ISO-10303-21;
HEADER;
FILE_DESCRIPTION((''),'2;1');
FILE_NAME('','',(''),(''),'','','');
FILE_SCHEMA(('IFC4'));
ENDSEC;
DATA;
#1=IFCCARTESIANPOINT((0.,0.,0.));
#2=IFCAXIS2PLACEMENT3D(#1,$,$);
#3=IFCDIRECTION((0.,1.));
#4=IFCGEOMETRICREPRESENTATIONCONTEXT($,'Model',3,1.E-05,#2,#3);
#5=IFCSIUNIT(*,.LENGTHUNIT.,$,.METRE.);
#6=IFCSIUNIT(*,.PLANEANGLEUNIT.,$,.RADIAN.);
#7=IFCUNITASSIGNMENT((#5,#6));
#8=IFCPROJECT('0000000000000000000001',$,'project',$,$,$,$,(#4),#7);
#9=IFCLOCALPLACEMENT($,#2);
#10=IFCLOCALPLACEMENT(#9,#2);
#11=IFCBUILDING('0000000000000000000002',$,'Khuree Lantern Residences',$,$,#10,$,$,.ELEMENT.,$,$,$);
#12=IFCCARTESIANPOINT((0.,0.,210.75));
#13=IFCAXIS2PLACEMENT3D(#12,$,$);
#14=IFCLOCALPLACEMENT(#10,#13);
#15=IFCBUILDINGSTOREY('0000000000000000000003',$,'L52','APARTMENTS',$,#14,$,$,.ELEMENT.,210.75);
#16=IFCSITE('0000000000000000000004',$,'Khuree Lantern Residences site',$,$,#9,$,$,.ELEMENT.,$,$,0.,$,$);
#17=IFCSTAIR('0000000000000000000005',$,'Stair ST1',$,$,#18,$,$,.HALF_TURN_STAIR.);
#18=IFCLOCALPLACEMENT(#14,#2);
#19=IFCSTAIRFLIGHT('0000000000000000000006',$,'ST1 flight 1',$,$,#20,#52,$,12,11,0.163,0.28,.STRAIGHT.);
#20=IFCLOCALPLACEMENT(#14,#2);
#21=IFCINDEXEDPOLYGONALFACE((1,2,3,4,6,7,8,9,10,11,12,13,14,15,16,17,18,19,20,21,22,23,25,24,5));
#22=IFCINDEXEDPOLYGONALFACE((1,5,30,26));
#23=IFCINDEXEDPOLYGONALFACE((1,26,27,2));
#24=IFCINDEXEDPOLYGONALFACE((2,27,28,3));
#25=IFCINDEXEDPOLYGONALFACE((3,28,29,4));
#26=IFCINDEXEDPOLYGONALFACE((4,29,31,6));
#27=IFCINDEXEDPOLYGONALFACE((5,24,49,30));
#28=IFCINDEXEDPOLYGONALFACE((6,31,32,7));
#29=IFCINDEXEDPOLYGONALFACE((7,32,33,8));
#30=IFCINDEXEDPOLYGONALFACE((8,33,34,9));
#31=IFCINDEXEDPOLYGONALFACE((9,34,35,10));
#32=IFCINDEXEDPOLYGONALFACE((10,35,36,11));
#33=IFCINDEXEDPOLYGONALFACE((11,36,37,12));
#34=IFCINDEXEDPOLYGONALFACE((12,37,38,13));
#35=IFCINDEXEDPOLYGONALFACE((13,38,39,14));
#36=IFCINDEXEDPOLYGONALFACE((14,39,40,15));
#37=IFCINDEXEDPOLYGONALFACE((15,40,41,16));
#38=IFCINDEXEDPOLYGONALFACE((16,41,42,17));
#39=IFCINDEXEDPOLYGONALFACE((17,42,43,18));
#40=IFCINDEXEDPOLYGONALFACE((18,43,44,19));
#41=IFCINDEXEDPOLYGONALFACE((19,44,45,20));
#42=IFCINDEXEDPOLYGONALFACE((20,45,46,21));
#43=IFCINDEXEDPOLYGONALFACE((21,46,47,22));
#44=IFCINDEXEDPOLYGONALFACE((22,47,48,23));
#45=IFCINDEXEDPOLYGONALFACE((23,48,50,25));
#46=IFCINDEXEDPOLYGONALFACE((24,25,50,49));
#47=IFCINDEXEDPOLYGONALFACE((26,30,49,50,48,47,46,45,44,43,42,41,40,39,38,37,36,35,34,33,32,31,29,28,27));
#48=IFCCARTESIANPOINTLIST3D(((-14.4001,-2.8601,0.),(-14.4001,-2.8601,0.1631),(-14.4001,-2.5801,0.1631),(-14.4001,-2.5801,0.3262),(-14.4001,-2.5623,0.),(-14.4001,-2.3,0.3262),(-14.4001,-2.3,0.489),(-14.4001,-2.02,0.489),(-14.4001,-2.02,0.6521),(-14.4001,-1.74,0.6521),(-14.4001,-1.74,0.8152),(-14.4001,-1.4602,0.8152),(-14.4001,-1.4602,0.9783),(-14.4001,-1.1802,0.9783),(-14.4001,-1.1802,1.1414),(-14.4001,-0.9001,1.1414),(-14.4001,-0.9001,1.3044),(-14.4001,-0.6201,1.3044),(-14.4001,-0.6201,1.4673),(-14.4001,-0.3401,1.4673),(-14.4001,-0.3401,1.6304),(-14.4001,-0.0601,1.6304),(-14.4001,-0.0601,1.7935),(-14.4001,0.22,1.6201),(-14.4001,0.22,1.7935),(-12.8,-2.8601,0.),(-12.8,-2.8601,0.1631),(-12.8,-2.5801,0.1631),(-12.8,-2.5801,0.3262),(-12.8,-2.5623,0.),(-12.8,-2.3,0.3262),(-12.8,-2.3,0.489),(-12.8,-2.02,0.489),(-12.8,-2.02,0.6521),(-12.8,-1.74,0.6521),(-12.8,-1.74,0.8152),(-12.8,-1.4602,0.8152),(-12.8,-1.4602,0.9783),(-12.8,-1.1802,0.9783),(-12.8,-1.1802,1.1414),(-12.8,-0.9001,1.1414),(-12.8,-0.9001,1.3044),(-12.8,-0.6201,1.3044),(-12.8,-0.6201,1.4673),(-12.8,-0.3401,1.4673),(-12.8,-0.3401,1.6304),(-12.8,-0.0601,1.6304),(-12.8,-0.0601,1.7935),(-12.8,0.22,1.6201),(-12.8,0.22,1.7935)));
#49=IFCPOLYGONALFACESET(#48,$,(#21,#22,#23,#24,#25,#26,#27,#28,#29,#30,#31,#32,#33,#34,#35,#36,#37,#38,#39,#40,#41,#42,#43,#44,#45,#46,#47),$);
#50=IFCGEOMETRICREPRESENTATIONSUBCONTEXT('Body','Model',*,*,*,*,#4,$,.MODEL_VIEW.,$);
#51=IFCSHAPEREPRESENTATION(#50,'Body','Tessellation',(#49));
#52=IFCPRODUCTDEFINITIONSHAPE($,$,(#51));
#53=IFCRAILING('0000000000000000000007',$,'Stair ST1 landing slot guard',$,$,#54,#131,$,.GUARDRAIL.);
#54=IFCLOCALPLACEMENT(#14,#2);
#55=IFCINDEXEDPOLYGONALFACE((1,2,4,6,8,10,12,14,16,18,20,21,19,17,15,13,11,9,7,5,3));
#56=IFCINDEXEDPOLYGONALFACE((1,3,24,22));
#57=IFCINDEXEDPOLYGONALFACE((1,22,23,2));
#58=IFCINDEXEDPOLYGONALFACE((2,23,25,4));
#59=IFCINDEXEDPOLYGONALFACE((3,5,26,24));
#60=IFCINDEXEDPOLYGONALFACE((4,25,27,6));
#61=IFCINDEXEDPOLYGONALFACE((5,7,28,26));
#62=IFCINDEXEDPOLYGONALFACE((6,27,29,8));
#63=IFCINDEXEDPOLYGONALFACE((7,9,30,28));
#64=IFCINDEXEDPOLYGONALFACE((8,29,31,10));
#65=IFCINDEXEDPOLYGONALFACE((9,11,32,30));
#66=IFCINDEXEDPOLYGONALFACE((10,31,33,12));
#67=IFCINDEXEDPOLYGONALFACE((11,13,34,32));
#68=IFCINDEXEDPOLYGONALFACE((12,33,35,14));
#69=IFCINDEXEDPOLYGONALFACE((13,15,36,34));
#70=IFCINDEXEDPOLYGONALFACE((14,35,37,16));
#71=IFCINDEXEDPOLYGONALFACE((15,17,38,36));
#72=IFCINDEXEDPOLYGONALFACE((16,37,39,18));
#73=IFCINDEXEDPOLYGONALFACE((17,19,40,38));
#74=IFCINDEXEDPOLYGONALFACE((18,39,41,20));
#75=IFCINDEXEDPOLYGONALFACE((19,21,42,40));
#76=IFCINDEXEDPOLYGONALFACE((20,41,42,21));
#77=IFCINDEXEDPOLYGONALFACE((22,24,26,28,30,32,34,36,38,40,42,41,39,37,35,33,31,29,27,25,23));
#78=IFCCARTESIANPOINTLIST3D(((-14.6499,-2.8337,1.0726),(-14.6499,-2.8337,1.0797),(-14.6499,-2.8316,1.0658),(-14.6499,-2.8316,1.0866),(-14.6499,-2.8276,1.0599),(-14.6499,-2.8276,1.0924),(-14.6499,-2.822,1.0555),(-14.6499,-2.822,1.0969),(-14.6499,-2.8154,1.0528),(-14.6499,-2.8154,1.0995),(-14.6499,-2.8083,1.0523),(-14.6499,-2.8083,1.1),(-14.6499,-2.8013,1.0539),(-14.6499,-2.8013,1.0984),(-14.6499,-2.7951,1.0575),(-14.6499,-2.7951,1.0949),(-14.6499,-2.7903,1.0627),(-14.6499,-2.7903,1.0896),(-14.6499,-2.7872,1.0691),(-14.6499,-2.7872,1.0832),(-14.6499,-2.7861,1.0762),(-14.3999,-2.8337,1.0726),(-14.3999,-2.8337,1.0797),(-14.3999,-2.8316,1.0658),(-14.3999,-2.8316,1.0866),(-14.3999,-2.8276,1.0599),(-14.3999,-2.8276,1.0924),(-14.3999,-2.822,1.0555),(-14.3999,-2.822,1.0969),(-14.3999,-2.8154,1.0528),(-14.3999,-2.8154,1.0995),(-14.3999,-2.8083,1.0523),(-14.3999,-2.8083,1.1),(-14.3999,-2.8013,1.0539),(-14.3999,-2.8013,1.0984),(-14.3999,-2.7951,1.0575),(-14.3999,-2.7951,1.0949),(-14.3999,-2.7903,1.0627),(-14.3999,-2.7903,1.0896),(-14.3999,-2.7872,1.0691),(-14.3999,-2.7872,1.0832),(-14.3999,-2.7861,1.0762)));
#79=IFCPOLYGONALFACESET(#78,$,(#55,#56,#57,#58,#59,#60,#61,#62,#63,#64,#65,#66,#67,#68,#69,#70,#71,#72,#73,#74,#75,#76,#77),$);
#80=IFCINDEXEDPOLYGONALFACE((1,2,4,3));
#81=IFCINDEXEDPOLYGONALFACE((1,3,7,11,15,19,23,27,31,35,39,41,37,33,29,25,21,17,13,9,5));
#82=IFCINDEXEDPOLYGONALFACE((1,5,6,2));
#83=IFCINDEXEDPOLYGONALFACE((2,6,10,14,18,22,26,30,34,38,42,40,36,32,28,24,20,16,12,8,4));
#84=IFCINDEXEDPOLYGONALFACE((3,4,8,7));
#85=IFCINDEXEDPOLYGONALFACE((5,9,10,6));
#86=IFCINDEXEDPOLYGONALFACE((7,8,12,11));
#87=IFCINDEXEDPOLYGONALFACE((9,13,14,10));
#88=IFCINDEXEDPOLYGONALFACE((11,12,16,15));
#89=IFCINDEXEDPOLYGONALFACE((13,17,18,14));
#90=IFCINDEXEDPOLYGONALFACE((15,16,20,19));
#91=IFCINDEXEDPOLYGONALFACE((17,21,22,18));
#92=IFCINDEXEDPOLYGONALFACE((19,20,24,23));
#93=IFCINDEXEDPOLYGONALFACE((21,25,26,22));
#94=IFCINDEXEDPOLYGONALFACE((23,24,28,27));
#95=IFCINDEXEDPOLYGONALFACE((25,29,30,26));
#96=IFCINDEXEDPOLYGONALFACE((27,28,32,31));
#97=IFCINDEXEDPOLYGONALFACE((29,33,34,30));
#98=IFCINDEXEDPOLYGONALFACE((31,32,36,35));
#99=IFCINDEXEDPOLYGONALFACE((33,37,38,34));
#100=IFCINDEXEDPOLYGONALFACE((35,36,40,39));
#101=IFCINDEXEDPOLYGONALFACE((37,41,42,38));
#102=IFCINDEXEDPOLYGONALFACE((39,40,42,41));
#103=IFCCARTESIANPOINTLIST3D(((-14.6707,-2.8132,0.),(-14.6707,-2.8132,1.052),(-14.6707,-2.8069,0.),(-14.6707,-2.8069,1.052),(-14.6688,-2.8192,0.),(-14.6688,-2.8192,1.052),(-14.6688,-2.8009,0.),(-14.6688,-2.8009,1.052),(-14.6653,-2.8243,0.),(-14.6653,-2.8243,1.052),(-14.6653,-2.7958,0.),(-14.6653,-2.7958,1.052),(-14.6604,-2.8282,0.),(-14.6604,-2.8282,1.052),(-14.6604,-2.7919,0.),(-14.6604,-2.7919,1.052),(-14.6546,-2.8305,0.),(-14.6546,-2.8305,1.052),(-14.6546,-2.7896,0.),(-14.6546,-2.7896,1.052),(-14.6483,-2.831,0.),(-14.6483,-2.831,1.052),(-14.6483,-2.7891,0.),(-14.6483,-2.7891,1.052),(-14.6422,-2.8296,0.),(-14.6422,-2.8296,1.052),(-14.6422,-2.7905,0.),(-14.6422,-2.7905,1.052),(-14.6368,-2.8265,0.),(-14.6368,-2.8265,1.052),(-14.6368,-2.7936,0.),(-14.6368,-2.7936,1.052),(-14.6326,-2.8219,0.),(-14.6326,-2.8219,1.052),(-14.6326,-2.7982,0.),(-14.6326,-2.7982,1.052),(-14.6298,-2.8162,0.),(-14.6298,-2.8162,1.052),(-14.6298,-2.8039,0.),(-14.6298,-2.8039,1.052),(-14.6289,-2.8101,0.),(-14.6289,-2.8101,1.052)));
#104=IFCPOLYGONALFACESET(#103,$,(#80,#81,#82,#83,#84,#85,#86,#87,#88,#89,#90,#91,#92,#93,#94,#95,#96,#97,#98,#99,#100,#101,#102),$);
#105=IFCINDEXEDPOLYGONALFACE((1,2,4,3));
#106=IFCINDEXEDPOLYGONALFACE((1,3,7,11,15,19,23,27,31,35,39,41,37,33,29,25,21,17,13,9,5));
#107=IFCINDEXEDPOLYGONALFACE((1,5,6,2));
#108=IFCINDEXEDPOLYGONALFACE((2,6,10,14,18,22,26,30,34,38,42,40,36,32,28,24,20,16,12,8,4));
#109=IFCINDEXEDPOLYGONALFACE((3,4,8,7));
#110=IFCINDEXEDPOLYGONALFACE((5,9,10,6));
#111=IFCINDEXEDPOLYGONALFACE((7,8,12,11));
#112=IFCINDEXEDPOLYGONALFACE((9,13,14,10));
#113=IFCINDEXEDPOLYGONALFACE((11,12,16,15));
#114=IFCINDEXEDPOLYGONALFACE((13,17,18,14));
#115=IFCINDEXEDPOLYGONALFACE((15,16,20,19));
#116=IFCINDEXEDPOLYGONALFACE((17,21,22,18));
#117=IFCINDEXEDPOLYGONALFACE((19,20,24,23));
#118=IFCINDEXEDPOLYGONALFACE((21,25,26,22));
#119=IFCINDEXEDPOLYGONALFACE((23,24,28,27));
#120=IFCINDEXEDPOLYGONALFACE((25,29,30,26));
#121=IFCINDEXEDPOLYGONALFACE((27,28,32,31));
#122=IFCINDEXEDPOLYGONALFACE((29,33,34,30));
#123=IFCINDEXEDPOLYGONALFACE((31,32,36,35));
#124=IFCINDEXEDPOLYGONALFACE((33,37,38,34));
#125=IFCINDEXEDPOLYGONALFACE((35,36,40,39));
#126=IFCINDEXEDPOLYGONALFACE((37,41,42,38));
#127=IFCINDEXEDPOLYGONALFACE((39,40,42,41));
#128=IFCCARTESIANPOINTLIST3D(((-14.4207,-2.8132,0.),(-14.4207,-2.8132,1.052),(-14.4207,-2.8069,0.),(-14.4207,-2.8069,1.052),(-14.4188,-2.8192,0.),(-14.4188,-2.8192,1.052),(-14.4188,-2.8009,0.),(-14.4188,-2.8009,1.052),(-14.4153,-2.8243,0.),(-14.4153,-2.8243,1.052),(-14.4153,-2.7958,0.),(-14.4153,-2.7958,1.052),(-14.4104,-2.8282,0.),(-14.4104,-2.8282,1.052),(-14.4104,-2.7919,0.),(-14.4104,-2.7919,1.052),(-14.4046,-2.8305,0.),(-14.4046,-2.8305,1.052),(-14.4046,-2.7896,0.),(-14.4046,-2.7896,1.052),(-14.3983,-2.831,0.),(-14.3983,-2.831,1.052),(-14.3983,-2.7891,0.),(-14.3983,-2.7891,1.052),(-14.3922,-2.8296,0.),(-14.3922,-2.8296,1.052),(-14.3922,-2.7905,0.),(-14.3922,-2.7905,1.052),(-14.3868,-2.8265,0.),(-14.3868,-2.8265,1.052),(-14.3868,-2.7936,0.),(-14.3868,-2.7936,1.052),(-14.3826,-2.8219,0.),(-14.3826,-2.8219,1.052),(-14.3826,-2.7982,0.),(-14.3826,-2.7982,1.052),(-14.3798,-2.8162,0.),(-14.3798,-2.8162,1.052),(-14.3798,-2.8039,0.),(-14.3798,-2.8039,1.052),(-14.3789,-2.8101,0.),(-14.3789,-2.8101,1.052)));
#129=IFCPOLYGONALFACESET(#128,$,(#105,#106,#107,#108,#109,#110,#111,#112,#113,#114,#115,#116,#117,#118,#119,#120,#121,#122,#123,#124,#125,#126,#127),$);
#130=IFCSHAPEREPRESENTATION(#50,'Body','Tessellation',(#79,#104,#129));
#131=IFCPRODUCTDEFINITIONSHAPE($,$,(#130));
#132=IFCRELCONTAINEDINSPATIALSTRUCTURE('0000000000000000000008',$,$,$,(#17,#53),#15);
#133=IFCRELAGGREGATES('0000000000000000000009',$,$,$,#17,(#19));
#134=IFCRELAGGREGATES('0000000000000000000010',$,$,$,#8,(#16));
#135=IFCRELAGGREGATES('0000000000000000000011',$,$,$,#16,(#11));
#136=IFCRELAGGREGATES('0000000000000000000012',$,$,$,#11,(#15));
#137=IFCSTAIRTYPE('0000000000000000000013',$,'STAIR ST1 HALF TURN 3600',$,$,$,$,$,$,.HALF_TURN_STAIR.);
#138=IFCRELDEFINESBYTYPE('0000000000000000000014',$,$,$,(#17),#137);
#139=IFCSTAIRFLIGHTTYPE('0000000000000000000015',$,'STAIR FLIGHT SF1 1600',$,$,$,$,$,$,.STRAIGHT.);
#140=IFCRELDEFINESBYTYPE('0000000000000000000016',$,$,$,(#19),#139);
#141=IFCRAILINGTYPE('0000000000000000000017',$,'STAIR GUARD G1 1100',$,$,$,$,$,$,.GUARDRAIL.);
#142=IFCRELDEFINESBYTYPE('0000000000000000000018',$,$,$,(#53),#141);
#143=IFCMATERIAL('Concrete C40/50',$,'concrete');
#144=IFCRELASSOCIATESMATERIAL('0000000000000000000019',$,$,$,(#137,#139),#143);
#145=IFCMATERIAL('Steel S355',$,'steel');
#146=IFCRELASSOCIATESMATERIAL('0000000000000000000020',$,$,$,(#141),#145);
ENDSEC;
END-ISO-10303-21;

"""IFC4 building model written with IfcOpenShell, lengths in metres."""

from ifc_helpers import new_model, si_unit, direction, frame, origin, origin_2d, place, context, subcontext, project, spatial, polyline, circle, outline, extrude, material, type_object, element, aggregate, save


model = new_model("IFC4")

# Units and contexts
model_context = context("Model", 3, precision=1e-05, world=origin(), true_north=direction((0.0, 1.0)))
body_context = subcontext(model_context, "Body", "Model", "MODEL_VIEW")
ifc_project = project(units=[si_unit("LENGTHUNIT", "METRE"), si_unit("PLANEANGLEUNIT", "RADIAN")], contexts=[model_context])

# Site, building, storey
site_placement = place(None, origin())
site = spatial("IfcSite", under=ifc_project, at=site_placement, Name="Khuree Lantern Residences site", CompositionType="ELEMENT", RefElevation=0.0)
building_placement = place(site_placement, origin())
building = spatial("IfcBuilding", under=site, at=building_placement, Name="Khuree Lantern Residences", CompositionType="ELEMENT")
storey_placement = place(building_placement, frame((0.0, 0.0, 210.75)))
storey = spatial("IfcBuildingStorey", under=building, at=storey_placement, Name="L52", Description="APARTMENTS", CompositionType="ELEMENT", Elevation=210.75)

# Stair, stair flight
ifc_material_1 = material(Name="Concrete C40/50", Category="concrete")
stair_type = type_object("IfcStairType", Name="STAIR ST1 HALF TURN 3600", PredefinedType="HALF_TURN_STAIR", material=ifc_material_1)
stair_placement = place(storey_placement, origin())
stair = element("IfcStair", 1, at=stair_placement, inside=storey, type_object=stair_type, Name="Stair ST1", PredefinedType="HALF_TURN_STAIR")
stair_flight_type = type_object("IfcStairFlightType", Name="STAIR FLIGHT SF1 1600", PredefinedType="STRAIGHT", material=ifc_material_1)
stair_flight_placement = place(storey_placement, frame((-13.6001, -2.8601, 0.0), z_axis=(0.0, 0.0, 1.0), x_axis=(0.0, 1.0, 0.0)))
stair_flight = element("IfcStairFlight", 2, at=stair_flight_placement, type_object=stair_flight_type, Name="ST1 flight 1", NumberOfRisers=12, NumberOfTreads=11, PredefinedType="STRAIGHT", RiserHeight=0.163, TreadLength=0.28, context=body_context, shape_type="SweptSolid", body=[
    extrude(outline(polyline([(0.0, 0.0), (0.0, 0.1631), (0.28, 0.1631), (0.28, 0.3262), (0.5601, 0.3262), (0.5601, 0.489), (0.8401, 0.489), (0.8401, 0.6521), (1.1201, 0.6521), (1.1201, 0.8152), (1.3999, 0.8152), (1.3999, 0.9783), (1.6799, 0.9783), (1.6799, 1.1414), (1.96, 1.1414), (1.96, 1.3044), (2.24, 1.3044), (2.24, 1.4673), (2.52, 1.4673), (2.52, 1.6304), (2.8, 1.6304), (2.8, 1.7935), (3.0801, 1.7935), (3.0801, 1.9565), (3.0801, 1.6201), (0.2979, 0.0), (0.0, 0.0)])), frame((0.0, 0.8, 0.0), z_axis=(0.0, -1.0, 0.0), x_axis=(1.0, 0.0, 0.0)), (0.0, 0.0, 1.0), 1.6001),
])
aggregate(stair, [stair_flight])

# Railing
ifc_material_2 = material(Name="Steel S355", Category="steel")
railing_type_1 = type_object("IfcRailingType", Name="STAIR GUARD G1 1100", PredefinedType="GUARDRAIL", material=ifc_material_2)
railing_1_placement = place(storey_placement, frame((-14.6499, -2.8101, 0.0)))
element("IfcRailing", 3, at=railing_1_placement, inside=storey, type_object=railing_type_1, Name="Stair ST1 landing slot guard", PredefinedType="GUARDRAIL", context=body_context, shape_type="SweptSolid", body=[
    extrude(circle(Radius=0.0239, at=origin_2d()), frame((0.0, 0.0, 1.0762), z_axis=(1.0, 0.0, 0.0), x_axis=(0.0, 1.0, 0.0)), (0.0, 0.0, 1.0), 0.25),
    extrude(circle(Radius=0.021, at=origin_2d()), origin(), (0.0, 0.0, 1.0), 1.052),
    extrude(circle(Radius=0.021, at=origin_2d()), frame((0.25, 0.0, 0.0)), (0.0, 0.0, 1.0), 1.052),
])

save(model, "model.ifc")
